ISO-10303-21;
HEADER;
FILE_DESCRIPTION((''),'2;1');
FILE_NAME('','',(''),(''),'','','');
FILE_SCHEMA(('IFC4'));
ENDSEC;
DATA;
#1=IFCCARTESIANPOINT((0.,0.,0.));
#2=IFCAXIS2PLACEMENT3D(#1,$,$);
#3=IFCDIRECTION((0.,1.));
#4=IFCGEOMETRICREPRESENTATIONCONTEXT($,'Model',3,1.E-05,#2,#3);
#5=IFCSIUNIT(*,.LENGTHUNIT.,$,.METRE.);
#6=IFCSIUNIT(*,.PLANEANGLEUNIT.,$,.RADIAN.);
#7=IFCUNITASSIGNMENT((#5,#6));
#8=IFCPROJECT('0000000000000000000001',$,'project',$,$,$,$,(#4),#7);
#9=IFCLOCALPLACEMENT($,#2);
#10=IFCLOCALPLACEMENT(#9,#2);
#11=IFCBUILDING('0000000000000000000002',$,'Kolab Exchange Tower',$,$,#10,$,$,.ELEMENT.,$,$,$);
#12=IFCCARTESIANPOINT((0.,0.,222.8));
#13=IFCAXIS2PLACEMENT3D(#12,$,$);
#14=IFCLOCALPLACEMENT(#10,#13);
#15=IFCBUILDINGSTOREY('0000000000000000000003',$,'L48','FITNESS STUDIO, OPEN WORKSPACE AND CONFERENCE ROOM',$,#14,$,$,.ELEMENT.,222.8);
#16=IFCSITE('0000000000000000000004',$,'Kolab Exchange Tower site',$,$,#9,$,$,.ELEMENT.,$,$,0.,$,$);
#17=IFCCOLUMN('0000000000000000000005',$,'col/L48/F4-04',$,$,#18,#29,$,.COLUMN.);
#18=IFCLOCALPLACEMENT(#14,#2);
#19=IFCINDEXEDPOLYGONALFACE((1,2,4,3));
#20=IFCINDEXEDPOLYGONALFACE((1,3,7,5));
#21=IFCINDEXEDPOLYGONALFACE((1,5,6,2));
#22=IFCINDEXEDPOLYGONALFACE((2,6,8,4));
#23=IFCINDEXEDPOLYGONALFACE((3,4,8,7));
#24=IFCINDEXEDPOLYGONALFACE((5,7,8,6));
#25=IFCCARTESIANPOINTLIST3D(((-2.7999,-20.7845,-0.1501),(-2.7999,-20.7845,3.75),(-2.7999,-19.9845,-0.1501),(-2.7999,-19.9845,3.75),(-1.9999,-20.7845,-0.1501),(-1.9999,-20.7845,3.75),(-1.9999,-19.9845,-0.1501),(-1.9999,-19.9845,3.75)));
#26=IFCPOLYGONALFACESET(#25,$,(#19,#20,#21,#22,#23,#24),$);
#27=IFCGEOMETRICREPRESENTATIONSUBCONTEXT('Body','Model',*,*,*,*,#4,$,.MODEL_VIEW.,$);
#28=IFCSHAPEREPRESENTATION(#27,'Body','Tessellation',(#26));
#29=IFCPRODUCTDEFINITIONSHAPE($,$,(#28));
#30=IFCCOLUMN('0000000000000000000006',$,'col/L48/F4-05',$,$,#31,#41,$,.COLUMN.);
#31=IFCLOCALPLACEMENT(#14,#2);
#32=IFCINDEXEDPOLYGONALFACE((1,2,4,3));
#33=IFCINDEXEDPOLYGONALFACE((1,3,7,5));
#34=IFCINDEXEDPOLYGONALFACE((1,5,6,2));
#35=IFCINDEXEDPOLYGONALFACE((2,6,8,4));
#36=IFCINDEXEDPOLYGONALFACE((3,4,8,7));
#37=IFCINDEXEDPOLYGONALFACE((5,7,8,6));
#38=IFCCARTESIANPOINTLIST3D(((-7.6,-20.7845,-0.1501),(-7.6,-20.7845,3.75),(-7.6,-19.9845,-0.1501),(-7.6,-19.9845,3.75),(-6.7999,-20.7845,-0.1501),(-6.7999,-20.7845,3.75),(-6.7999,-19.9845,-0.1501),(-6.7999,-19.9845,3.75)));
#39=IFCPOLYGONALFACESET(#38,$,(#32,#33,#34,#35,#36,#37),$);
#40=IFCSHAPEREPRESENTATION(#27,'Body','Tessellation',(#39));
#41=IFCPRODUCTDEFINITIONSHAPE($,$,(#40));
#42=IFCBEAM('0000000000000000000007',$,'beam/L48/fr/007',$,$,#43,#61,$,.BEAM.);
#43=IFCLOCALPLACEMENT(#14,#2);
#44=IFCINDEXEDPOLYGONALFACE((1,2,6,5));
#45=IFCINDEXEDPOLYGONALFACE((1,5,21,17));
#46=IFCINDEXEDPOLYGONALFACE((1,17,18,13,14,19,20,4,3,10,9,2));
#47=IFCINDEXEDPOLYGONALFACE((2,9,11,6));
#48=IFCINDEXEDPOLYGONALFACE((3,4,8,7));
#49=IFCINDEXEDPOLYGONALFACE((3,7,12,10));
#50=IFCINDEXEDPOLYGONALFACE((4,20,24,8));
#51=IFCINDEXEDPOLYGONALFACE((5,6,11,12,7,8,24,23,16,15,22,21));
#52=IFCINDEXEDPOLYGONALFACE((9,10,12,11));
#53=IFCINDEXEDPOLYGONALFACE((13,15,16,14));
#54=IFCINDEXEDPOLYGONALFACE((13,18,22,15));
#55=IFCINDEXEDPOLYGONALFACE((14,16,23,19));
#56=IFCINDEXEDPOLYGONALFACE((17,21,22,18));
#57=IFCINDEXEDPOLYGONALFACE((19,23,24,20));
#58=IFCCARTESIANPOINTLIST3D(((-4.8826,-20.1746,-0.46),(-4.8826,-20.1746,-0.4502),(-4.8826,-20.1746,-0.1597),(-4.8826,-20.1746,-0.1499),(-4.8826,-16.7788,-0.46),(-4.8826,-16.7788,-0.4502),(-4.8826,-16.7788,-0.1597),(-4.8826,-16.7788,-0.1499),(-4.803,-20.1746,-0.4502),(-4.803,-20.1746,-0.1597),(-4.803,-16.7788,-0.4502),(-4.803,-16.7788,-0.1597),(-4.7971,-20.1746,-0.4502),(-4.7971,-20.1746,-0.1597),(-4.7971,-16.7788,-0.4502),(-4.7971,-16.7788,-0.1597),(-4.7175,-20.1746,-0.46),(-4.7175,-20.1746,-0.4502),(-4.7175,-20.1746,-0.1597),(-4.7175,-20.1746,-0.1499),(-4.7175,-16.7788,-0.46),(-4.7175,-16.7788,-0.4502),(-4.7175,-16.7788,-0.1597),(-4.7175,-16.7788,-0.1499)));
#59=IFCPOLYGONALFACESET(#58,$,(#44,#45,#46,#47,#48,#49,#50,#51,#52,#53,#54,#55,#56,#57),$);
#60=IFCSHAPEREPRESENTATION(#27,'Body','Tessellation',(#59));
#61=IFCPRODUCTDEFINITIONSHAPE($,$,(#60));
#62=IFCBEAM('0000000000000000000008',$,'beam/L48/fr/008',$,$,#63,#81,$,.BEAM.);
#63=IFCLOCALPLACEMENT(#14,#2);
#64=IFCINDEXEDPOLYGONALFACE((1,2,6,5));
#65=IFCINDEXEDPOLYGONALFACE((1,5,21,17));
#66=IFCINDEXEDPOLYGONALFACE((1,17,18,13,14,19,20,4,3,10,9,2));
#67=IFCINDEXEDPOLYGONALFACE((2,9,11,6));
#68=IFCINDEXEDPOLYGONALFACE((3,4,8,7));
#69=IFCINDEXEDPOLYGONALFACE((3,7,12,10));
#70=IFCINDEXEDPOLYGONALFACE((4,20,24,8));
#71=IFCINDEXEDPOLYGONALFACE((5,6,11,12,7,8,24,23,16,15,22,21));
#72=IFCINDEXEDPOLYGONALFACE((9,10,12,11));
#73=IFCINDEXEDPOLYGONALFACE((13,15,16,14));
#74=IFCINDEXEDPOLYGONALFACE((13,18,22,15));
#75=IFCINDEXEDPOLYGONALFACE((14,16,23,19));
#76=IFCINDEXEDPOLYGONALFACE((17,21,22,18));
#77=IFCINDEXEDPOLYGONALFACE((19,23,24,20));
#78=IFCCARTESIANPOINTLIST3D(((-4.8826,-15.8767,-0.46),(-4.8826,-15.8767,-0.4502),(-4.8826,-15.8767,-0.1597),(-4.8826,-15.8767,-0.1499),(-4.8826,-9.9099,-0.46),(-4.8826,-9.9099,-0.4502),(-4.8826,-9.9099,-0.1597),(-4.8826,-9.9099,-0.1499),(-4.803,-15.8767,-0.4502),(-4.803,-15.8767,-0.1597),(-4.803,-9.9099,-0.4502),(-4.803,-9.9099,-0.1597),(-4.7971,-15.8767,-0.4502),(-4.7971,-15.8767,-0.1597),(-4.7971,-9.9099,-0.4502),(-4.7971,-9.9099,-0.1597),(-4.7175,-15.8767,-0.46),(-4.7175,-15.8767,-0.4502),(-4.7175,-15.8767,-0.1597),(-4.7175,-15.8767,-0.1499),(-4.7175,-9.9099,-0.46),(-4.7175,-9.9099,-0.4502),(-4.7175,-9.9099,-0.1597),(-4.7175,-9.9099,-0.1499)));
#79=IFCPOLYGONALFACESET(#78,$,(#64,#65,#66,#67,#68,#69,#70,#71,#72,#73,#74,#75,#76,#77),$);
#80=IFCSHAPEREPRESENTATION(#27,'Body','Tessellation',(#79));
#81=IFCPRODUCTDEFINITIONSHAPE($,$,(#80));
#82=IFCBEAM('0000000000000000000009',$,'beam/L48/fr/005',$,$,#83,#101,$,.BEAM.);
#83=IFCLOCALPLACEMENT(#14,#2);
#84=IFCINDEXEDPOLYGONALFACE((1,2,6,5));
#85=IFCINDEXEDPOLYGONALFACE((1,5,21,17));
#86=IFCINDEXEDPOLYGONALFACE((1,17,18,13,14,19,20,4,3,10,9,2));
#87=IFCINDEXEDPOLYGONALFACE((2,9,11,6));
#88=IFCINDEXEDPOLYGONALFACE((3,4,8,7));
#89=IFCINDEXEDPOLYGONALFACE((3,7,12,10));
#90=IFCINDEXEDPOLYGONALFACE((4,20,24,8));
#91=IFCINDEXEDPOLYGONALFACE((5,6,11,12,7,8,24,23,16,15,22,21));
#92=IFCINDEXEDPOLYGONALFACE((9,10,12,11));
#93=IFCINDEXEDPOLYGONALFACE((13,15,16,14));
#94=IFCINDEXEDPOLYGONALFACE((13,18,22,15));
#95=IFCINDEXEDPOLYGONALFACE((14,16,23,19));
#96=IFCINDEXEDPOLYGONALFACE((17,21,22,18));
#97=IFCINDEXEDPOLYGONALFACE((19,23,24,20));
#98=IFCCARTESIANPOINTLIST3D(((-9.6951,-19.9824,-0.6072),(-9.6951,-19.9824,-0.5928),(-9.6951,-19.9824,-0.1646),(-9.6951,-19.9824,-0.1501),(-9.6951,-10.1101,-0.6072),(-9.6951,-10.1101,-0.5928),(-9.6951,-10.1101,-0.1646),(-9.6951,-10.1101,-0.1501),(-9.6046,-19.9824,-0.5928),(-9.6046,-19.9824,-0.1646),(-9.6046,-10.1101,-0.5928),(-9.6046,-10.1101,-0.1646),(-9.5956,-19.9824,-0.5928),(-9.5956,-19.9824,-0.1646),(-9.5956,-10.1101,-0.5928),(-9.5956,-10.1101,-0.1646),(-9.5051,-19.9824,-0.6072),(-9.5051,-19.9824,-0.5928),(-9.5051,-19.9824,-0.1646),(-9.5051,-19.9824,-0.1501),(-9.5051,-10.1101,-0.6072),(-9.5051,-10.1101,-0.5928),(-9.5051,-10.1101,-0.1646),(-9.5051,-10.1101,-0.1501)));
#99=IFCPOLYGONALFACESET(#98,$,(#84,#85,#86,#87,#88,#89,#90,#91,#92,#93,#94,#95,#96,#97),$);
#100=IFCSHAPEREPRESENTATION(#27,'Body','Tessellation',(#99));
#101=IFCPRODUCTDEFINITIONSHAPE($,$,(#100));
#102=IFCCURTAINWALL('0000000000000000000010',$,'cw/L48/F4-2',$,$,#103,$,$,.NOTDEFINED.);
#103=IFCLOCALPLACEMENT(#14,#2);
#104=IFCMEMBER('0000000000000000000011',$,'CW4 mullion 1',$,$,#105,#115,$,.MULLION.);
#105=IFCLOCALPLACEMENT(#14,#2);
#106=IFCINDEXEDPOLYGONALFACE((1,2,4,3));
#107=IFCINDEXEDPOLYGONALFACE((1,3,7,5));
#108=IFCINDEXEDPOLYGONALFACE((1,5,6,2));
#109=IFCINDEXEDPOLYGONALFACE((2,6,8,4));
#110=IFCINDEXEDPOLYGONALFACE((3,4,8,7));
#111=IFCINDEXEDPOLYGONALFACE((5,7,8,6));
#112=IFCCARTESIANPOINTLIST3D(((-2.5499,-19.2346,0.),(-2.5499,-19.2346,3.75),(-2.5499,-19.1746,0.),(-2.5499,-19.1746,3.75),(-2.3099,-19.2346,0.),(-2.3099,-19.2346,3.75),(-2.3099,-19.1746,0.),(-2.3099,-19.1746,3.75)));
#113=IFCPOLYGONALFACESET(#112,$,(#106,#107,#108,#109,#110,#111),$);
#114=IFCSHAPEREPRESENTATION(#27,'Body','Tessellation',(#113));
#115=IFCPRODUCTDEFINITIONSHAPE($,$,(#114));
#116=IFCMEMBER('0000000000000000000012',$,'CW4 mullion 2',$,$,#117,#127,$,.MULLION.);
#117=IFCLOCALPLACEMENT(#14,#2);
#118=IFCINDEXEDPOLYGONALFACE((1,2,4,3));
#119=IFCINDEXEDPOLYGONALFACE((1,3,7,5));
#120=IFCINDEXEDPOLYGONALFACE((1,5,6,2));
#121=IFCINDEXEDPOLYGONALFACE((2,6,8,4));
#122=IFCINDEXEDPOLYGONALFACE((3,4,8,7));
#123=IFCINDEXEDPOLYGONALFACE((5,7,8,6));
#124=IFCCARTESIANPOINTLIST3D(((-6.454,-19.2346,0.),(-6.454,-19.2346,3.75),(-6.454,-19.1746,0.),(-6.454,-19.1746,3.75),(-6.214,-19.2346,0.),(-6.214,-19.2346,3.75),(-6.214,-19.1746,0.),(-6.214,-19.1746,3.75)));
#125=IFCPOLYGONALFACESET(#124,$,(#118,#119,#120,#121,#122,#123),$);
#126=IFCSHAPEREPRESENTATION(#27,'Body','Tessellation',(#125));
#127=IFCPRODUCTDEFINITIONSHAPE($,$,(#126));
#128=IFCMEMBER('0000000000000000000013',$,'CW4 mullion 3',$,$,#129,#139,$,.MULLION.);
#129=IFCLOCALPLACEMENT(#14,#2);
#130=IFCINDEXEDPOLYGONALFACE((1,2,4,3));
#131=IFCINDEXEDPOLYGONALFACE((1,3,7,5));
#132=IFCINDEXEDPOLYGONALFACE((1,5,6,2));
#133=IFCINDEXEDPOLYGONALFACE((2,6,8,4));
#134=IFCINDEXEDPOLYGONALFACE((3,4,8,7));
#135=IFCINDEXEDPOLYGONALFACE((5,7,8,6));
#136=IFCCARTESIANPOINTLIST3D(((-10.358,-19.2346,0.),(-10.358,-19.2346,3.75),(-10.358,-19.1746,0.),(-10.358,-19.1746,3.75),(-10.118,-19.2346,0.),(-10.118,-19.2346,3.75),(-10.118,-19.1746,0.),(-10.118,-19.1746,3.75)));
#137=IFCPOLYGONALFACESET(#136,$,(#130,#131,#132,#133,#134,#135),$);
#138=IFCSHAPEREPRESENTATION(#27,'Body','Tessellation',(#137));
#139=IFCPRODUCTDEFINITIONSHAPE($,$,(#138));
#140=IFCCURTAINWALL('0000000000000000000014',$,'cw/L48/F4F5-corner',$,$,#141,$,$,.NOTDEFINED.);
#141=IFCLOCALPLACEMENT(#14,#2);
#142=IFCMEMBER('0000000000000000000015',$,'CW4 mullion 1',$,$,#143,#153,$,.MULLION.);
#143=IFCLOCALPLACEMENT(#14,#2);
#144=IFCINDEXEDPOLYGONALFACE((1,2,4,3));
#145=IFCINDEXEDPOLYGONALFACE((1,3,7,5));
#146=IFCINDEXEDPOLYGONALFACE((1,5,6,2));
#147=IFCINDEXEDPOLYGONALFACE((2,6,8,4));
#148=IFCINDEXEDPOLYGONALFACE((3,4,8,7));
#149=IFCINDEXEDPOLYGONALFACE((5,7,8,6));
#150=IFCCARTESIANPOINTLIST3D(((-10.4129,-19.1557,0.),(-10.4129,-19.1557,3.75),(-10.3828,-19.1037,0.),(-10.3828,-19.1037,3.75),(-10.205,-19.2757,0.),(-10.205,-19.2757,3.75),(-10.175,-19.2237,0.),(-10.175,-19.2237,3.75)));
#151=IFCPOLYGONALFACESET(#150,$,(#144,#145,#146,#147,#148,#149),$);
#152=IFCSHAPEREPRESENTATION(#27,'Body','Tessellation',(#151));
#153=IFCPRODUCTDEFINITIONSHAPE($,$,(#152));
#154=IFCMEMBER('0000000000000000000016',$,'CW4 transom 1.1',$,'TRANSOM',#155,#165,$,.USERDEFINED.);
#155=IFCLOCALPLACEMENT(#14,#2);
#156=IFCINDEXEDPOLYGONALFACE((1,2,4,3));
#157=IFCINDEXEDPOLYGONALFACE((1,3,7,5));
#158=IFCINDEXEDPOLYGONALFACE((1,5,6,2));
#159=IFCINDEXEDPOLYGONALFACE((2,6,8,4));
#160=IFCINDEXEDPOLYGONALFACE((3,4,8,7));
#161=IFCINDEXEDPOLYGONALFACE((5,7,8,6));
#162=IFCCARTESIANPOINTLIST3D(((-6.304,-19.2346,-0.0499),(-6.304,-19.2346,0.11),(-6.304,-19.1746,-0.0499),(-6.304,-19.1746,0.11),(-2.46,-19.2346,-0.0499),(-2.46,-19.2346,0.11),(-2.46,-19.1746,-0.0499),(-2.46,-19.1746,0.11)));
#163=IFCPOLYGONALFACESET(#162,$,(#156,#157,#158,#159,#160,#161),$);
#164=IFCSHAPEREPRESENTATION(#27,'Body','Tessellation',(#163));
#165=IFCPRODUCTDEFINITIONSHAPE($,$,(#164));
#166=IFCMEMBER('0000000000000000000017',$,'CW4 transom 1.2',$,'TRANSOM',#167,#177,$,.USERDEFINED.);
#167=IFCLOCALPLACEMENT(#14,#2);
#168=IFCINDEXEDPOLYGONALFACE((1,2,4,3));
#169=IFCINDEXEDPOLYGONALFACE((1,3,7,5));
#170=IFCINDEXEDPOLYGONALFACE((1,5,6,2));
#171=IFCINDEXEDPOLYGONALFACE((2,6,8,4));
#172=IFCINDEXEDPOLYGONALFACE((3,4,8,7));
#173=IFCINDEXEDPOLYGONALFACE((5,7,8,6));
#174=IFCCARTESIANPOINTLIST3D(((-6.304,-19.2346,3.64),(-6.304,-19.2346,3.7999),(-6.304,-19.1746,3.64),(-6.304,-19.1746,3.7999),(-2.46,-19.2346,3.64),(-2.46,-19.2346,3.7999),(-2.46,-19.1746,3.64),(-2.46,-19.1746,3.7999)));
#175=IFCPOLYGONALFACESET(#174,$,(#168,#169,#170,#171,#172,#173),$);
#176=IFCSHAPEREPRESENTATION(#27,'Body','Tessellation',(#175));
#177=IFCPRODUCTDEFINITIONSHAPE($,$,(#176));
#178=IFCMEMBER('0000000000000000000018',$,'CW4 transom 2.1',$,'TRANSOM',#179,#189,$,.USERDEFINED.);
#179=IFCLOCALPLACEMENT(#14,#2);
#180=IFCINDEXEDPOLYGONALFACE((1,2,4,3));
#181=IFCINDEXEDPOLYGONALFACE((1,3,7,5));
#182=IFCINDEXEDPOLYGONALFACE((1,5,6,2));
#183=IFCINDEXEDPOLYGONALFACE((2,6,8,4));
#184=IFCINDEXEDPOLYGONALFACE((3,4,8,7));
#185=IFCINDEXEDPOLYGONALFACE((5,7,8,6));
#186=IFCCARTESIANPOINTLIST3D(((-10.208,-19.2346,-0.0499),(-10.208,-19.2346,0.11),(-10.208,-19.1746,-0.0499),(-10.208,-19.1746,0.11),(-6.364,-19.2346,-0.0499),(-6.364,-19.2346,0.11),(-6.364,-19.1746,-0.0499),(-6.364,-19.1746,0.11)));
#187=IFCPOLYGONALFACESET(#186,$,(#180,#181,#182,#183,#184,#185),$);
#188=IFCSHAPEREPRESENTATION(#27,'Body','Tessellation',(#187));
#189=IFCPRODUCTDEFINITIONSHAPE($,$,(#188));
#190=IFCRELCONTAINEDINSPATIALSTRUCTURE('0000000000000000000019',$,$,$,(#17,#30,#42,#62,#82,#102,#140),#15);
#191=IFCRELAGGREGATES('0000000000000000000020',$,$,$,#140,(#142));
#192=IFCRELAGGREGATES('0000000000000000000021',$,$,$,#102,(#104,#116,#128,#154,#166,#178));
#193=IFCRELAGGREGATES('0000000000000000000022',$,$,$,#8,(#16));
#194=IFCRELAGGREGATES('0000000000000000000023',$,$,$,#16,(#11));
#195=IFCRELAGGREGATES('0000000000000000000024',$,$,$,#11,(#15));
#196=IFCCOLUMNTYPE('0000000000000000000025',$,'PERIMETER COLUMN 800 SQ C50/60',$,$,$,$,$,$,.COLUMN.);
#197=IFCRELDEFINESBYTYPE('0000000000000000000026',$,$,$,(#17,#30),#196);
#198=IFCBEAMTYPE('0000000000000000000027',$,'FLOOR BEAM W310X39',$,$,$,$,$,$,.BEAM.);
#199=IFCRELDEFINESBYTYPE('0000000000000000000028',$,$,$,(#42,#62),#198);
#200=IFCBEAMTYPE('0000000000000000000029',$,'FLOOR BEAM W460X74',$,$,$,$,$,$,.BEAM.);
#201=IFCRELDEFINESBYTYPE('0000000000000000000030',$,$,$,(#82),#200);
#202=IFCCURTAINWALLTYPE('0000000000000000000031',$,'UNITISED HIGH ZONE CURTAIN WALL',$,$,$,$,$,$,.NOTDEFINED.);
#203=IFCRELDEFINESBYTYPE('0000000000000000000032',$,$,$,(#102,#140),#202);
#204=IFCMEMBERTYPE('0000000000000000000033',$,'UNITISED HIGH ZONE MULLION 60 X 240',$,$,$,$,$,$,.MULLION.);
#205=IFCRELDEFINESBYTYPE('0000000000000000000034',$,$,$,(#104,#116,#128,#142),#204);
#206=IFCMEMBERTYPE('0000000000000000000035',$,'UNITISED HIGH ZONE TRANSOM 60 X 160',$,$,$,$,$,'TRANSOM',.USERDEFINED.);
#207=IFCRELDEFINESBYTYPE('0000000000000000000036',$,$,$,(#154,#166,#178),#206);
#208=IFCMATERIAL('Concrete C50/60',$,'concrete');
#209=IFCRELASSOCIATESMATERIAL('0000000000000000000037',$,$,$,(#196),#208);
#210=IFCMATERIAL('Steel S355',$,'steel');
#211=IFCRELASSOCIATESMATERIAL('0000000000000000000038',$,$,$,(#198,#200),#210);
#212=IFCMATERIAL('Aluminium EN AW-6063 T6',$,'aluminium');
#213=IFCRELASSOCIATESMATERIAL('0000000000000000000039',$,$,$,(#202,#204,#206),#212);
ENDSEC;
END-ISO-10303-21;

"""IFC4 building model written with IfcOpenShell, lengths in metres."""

from ifc_helpers import new_model, si_unit, direction, frame, origin, origin_2d, place, context, subcontext, project, spatial, rectangle, i_section, extrude, material, material_profile, profile_set, type_object, element, aggregate, save


model = new_model("IFC4")

# Units and contexts
model_context = context("Model", 3, precision=1e-05, world=origin(), true_north=direction((0.0, 1.0)))
body_context = subcontext(model_context, "Body", "Model", "MODEL_VIEW")
ifc_project = project(units=[si_unit("LENGTHUNIT", "METRE"), si_unit("PLANEANGLEUNIT", "RADIAN")], contexts=[model_context])

# Site, building, storey
site_placement = place(None, origin())
site = spatial("IfcSite", under=ifc_project, at=site_placement, Name="Kolab Exchange Tower site", CompositionType="ELEMENT", RefElevation=0.0)
building_placement = place(site_placement, origin())
building = spatial("IfcBuilding", under=site, at=building_placement, Name="Kolab Exchange Tower", CompositionType="ELEMENT")
storey_placement = place(building_placement, frame((0.0, 0.0, 222.8)))
storey = spatial("IfcBuildingStorey", under=building, at=storey_placement, Name="L48", Description="FITNESS STUDIO, OPEN WORKSPACE AND CONFERENCE ROOM", CompositionType="ELEMENT", Elevation=222.8)

# Columns
ifc_material_1 = material(Name="Concrete C50/60", Category="concrete")
ifc_material_profile_1 = material_profile(ifc_material_1, rectangle(XDim=0.8, YDim=0.8, at=origin_2d()), Name="RC800")
ifc_profile_set_1 = profile_set([ifc_material_profile_1], Name="Concrete C50/60")
column_type = type_object("IfcColumnType", Name="PERIMETER COLUMN 800 SQ C50/60", PredefinedType="COLUMN", material=ifc_profile_set_1)
for number, where, z_axis, x_axis, name in (
    (1, (-2.3999, -20.3845, -0.1501), (0.0, 0.0, 1.0), (1.0, 0.0, 0.0), "col/L48/F4-04"),
    (2, (-7.2, -20.3845, -0.1501), (0.0, 0.0, 1.0), (1.0, 0.0, 0.0), "col/L48/F4-05"),
):
    element("IfcColumn", number, at=place(storey_placement, frame(where, z_axis=z_axis, x_axis=x_axis)), inside=storey, type_object=column_type, Name=name, PredefinedType="COLUMN", context=body_context, shape_type="SweptSolid", body=[
        extrude(rectangle(XDim=0.8, YDim=0.8, at=origin_2d()), origin(), (0.0, 0.0, 1.0), 3.9001),
    ])

# Beams
ifc_material_2 = material(Name="Steel S355", Category="steel")
ifc_material_profile_2 = material_profile(ifc_material_2, i_section(OverallWidth=0.165, OverallDepth=0.3101, WebThickness=0.0059, FlangeThickness=0.0098, at=origin_2d()), Name="W310X39")
ifc_profile_set_2 = profile_set([ifc_material_profile_2], Name="Steel S355")
beam_type_1 = type_object("IfcBeamType", Name="FLOOR BEAM W310X39", PredefinedType="BEAM", material=ifc_profile_set_2)
beam_1_placement = place(storey_placement, frame((-4.8, -20.1746, -0.3049), z_axis=(0.0, 1.0, 0.0), x_axis=(-1.0, 0.0, 0.0)))
element("IfcBeam", 3, at=beam_1_placement, inside=storey, type_object=beam_type_1, Name="beam/L48/fr/007", PredefinedType="BEAM", context=body_context, shape_type="SweptSolid", body=[
    extrude(i_section(OverallWidth=0.165, OverallDepth=0.3101, WebThickness=0.0059, FlangeThickness=0.0098, at=origin_2d()), origin(), (0.0, 0.0, 1.0), 3.3958),
])
beam_2_placement = place(storey_placement, frame((-4.8, -15.8767, -0.3049), z_axis=(0.0, 1.0, 0.0), x_axis=(-1.0, 0.0, 0.0)))
element("IfcBeam", 4, at=beam_2_placement, inside=storey, type_object=beam_type_1, Name="beam/L48/fr/008", PredefinedType="BEAM", context=body_context, shape_type="SweptSolid", body=[
    extrude(i_section(OverallWidth=0.165, OverallDepth=0.3101, WebThickness=0.0059, FlangeThickness=0.0098, at=origin_2d()), origin(), (0.0, 0.0, 1.0), 5.9668),
])
ifc_material_profile_3 = material_profile(ifc_material_2, i_section(OverallWidth=0.1899, OverallDepth=0.457, WebThickness=0.009, FlangeThickness=0.0144, at=origin_2d()), Name="W460X74")
ifc_profile_set_3 = profile_set([ifc_material_profile_3], Name="Steel S355")
beam_type_2 = type_object("IfcBeamType", Name="FLOOR BEAM W460X74", PredefinedType="BEAM", material=ifc_profile_set_3)
beam_3_placement = place(storey_placement, frame((-9.6001, -19.9824, -0.3787), z_axis=(0.0, 1.0, 0.0), x_axis=(-1.0, 0.0, 0.0)))
element("IfcBeam", 5, at=beam_3_placement, inside=storey, type_object=beam_type_2, Name="beam/L48/fr/005", PredefinedType="BEAM", context=body_context, shape_type="SweptSolid", body=[
    extrude(i_section(OverallWidth=0.1899, OverallDepth=0.457, WebThickness=0.009, FlangeThickness=0.0144, at=origin_2d()), origin(), (0.0, 0.0, 1.0), 9.8723),
])

# Curtain wall, members
ifc_material_3 = material(Name="Aluminium EN AW-6063 T6", Category="aluminium")
curtain_wall_type = type_object("IfcCurtainWallType", Name="UNITISED HIGH ZONE CURTAIN WALL", PredefinedType="NOTDEFINED", material=ifc_material_3)
curtain_wall_1_placement = place(storey_placement, origin())
curtain_wall_1 = element("IfcCurtainWall", 6, at=curtain_wall_1_placement, inside=storey, type_object=curtain_wall_type, Name="cw/L48/F4-2", PredefinedType="NOTDEFINED")
ifc_material_profile_4 = material_profile(ifc_material_3, rectangle(XDim=0.0601, YDim=0.24, at=origin_2d()), Name="RECT 60X240")
ifc_profile_set_4 = profile_set([ifc_material_profile_4], Name="Aluminium EN AW-6063 T6")
member_type_1 = type_object("IfcMemberType", Name="UNITISED HIGH ZONE MULLION 60 X 240", PredefinedType="MULLION", material=ifc_profile_set_4)
member_1_placement = place(storey_placement, frame((-2.4299, -19.2046, 0.0), z_axis=(0.0, 0.0, 1.0), x_axis=(0.0, -1.0, 0.0)))
member_1 = element("IfcMember", 7, at=member_1_placement, type_object=member_type_1, Name="CW4 mullion 1", PredefinedType="MULLION", context=body_context, shape_type="SweptSolid", body=[
    extrude(rectangle(XDim=0.0601, YDim=0.24, at=origin_2d()), origin(), (0.0, 0.0, 1.0), 3.75),
])
member_2_placement = place(storey_placement, frame((-6.334, -19.2046, 0.0), z_axis=(0.0, 0.0, 1.0), x_axis=(0.0, -1.0, 0.0)))
member_2 = element("IfcMember", 8, at=member_2_placement, type_object=member_type_1, Name="CW4 mullion 2", PredefinedType="MULLION", context=body_context, shape_type="SweptSolid", body=[
    extrude(rectangle(XDim=0.0601, YDim=0.24, at=origin_2d()), origin(), (0.0, 0.0, 1.0), 3.75),
])
member_3_placement = place(storey_placement, frame((-10.238, -19.2046, 0.0), z_axis=(0.0, 0.0, 1.0), x_axis=(0.0, -1.0, 0.0)))
member_3 = element("IfcMember", 9, at=member_3_placement, type_object=member_type_1, Name="CW4 mullion 3", PredefinedType="MULLION", context=body_context, shape_type="SweptSolid", body=[
    extrude(rectangle(XDim=0.0601, YDim=0.24, at=origin_2d()), origin(), (0.0, 0.0, 1.0), 3.75),
])

# Curtain wall, member
curtain_wall_2_placement = place(storey_placement, origin())
curtain_wall_2 = element("IfcCurtainWall", 10, at=curtain_wall_2_placement, inside=storey, type_object=curtain_wall_type, Name="cw/L48/F4F5-corner", PredefinedType="NOTDEFINED")
member_4_placement = place(storey_placement, frame((-10.2939, -19.1897, 0.0), z_axis=(0.0, 0.0, 1.0), x_axis=(-0.5, -0.866025, 0.0)))
member_4 = element("IfcMember", 11, at=member_4_placement, type_object=member_type_1, Name="CW4 mullion 1", PredefinedType="MULLION", context=body_context, shape_type="SweptSolid", body=[
    extrude(rectangle(XDim=0.0601, YDim=0.24, at=origin_2d()), origin(), (0.0, 0.0, 1.0), 3.75),
])

# Members
ifc_material_profile_5 = material_profile(ifc_material_3, rectangle(XDim=0.0601, YDim=0.1599, at=origin_2d()), Name="RECT 60X160")
ifc_profile_set_5 = profile_set([ifc_material_profile_5], Name="Aluminium EN AW-6063 T6")
member_type_2 = type_object("IfcMemberType", Name="UNITISED HIGH ZONE TRANSOM 60 X 160", ElementType="TRANSOM", PredefinedType="USERDEFINED", material=ifc_profile_set_5)
member_5_placement = place(storey_placement, frame((-2.46, -19.2046, 0.03), z_axis=(-1.0, 0.0, 0.0), x_axis=(0.0, -1.0, 0.0)))
member_5 = element("IfcMember", 12, at=member_5_placement, type_object=member_type_2, Name="CW4 transom 1.1", ObjectType="TRANSOM", PredefinedType="USERDEFINED", context=body_context, shape_type="SweptSolid", body=[
    extrude(rectangle(XDim=0.0601, YDim=0.1599, at=origin_2d()), origin(), (0.0, 0.0, 1.0), 3.844),
])
member_6_placement = place(storey_placement, frame((-2.46, -19.2046, 3.72), z_axis=(-1.0, 0.0, 0.0), x_axis=(0.0, -1.0, 0.0)))
member_6 = element("IfcMember", 13, at=member_6_placement, type_object=member_type_2, Name="CW4 transom 1.2", ObjectType="TRANSOM", PredefinedType="USERDEFINED", context=body_context, shape_type="SweptSolid", body=[
    extrude(rectangle(XDim=0.0601, YDim=0.1599, at=origin_2d()), origin(), (0.0, 0.0, 1.0), 3.844),
])
member_7_placement = place(storey_placement, frame((-6.364, -19.2046, 0.03), z_axis=(-1.0, 0.0, 0.0), x_axis=(0.0, -1.0, 0.0)))
member_7 = element("IfcMember", 14, at=member_7_placement, type_object=member_type_2, Name="CW4 transom 2.1", ObjectType="TRANSOM", PredefinedType="USERDEFINED", context=body_context, shape_type="SweptSolid", body=[
    extrude(rectangle(XDim=0.0601, YDim=0.1599, at=origin_2d()), origin(), (0.0, 0.0, 1.0), 3.844),
])
aggregate(curtain_wall_2, [member_4])

aggregate(curtain_wall_1, [member_1, member_2, member_3, member_5, member_6, member_7])

save(model, "model.ifc")
